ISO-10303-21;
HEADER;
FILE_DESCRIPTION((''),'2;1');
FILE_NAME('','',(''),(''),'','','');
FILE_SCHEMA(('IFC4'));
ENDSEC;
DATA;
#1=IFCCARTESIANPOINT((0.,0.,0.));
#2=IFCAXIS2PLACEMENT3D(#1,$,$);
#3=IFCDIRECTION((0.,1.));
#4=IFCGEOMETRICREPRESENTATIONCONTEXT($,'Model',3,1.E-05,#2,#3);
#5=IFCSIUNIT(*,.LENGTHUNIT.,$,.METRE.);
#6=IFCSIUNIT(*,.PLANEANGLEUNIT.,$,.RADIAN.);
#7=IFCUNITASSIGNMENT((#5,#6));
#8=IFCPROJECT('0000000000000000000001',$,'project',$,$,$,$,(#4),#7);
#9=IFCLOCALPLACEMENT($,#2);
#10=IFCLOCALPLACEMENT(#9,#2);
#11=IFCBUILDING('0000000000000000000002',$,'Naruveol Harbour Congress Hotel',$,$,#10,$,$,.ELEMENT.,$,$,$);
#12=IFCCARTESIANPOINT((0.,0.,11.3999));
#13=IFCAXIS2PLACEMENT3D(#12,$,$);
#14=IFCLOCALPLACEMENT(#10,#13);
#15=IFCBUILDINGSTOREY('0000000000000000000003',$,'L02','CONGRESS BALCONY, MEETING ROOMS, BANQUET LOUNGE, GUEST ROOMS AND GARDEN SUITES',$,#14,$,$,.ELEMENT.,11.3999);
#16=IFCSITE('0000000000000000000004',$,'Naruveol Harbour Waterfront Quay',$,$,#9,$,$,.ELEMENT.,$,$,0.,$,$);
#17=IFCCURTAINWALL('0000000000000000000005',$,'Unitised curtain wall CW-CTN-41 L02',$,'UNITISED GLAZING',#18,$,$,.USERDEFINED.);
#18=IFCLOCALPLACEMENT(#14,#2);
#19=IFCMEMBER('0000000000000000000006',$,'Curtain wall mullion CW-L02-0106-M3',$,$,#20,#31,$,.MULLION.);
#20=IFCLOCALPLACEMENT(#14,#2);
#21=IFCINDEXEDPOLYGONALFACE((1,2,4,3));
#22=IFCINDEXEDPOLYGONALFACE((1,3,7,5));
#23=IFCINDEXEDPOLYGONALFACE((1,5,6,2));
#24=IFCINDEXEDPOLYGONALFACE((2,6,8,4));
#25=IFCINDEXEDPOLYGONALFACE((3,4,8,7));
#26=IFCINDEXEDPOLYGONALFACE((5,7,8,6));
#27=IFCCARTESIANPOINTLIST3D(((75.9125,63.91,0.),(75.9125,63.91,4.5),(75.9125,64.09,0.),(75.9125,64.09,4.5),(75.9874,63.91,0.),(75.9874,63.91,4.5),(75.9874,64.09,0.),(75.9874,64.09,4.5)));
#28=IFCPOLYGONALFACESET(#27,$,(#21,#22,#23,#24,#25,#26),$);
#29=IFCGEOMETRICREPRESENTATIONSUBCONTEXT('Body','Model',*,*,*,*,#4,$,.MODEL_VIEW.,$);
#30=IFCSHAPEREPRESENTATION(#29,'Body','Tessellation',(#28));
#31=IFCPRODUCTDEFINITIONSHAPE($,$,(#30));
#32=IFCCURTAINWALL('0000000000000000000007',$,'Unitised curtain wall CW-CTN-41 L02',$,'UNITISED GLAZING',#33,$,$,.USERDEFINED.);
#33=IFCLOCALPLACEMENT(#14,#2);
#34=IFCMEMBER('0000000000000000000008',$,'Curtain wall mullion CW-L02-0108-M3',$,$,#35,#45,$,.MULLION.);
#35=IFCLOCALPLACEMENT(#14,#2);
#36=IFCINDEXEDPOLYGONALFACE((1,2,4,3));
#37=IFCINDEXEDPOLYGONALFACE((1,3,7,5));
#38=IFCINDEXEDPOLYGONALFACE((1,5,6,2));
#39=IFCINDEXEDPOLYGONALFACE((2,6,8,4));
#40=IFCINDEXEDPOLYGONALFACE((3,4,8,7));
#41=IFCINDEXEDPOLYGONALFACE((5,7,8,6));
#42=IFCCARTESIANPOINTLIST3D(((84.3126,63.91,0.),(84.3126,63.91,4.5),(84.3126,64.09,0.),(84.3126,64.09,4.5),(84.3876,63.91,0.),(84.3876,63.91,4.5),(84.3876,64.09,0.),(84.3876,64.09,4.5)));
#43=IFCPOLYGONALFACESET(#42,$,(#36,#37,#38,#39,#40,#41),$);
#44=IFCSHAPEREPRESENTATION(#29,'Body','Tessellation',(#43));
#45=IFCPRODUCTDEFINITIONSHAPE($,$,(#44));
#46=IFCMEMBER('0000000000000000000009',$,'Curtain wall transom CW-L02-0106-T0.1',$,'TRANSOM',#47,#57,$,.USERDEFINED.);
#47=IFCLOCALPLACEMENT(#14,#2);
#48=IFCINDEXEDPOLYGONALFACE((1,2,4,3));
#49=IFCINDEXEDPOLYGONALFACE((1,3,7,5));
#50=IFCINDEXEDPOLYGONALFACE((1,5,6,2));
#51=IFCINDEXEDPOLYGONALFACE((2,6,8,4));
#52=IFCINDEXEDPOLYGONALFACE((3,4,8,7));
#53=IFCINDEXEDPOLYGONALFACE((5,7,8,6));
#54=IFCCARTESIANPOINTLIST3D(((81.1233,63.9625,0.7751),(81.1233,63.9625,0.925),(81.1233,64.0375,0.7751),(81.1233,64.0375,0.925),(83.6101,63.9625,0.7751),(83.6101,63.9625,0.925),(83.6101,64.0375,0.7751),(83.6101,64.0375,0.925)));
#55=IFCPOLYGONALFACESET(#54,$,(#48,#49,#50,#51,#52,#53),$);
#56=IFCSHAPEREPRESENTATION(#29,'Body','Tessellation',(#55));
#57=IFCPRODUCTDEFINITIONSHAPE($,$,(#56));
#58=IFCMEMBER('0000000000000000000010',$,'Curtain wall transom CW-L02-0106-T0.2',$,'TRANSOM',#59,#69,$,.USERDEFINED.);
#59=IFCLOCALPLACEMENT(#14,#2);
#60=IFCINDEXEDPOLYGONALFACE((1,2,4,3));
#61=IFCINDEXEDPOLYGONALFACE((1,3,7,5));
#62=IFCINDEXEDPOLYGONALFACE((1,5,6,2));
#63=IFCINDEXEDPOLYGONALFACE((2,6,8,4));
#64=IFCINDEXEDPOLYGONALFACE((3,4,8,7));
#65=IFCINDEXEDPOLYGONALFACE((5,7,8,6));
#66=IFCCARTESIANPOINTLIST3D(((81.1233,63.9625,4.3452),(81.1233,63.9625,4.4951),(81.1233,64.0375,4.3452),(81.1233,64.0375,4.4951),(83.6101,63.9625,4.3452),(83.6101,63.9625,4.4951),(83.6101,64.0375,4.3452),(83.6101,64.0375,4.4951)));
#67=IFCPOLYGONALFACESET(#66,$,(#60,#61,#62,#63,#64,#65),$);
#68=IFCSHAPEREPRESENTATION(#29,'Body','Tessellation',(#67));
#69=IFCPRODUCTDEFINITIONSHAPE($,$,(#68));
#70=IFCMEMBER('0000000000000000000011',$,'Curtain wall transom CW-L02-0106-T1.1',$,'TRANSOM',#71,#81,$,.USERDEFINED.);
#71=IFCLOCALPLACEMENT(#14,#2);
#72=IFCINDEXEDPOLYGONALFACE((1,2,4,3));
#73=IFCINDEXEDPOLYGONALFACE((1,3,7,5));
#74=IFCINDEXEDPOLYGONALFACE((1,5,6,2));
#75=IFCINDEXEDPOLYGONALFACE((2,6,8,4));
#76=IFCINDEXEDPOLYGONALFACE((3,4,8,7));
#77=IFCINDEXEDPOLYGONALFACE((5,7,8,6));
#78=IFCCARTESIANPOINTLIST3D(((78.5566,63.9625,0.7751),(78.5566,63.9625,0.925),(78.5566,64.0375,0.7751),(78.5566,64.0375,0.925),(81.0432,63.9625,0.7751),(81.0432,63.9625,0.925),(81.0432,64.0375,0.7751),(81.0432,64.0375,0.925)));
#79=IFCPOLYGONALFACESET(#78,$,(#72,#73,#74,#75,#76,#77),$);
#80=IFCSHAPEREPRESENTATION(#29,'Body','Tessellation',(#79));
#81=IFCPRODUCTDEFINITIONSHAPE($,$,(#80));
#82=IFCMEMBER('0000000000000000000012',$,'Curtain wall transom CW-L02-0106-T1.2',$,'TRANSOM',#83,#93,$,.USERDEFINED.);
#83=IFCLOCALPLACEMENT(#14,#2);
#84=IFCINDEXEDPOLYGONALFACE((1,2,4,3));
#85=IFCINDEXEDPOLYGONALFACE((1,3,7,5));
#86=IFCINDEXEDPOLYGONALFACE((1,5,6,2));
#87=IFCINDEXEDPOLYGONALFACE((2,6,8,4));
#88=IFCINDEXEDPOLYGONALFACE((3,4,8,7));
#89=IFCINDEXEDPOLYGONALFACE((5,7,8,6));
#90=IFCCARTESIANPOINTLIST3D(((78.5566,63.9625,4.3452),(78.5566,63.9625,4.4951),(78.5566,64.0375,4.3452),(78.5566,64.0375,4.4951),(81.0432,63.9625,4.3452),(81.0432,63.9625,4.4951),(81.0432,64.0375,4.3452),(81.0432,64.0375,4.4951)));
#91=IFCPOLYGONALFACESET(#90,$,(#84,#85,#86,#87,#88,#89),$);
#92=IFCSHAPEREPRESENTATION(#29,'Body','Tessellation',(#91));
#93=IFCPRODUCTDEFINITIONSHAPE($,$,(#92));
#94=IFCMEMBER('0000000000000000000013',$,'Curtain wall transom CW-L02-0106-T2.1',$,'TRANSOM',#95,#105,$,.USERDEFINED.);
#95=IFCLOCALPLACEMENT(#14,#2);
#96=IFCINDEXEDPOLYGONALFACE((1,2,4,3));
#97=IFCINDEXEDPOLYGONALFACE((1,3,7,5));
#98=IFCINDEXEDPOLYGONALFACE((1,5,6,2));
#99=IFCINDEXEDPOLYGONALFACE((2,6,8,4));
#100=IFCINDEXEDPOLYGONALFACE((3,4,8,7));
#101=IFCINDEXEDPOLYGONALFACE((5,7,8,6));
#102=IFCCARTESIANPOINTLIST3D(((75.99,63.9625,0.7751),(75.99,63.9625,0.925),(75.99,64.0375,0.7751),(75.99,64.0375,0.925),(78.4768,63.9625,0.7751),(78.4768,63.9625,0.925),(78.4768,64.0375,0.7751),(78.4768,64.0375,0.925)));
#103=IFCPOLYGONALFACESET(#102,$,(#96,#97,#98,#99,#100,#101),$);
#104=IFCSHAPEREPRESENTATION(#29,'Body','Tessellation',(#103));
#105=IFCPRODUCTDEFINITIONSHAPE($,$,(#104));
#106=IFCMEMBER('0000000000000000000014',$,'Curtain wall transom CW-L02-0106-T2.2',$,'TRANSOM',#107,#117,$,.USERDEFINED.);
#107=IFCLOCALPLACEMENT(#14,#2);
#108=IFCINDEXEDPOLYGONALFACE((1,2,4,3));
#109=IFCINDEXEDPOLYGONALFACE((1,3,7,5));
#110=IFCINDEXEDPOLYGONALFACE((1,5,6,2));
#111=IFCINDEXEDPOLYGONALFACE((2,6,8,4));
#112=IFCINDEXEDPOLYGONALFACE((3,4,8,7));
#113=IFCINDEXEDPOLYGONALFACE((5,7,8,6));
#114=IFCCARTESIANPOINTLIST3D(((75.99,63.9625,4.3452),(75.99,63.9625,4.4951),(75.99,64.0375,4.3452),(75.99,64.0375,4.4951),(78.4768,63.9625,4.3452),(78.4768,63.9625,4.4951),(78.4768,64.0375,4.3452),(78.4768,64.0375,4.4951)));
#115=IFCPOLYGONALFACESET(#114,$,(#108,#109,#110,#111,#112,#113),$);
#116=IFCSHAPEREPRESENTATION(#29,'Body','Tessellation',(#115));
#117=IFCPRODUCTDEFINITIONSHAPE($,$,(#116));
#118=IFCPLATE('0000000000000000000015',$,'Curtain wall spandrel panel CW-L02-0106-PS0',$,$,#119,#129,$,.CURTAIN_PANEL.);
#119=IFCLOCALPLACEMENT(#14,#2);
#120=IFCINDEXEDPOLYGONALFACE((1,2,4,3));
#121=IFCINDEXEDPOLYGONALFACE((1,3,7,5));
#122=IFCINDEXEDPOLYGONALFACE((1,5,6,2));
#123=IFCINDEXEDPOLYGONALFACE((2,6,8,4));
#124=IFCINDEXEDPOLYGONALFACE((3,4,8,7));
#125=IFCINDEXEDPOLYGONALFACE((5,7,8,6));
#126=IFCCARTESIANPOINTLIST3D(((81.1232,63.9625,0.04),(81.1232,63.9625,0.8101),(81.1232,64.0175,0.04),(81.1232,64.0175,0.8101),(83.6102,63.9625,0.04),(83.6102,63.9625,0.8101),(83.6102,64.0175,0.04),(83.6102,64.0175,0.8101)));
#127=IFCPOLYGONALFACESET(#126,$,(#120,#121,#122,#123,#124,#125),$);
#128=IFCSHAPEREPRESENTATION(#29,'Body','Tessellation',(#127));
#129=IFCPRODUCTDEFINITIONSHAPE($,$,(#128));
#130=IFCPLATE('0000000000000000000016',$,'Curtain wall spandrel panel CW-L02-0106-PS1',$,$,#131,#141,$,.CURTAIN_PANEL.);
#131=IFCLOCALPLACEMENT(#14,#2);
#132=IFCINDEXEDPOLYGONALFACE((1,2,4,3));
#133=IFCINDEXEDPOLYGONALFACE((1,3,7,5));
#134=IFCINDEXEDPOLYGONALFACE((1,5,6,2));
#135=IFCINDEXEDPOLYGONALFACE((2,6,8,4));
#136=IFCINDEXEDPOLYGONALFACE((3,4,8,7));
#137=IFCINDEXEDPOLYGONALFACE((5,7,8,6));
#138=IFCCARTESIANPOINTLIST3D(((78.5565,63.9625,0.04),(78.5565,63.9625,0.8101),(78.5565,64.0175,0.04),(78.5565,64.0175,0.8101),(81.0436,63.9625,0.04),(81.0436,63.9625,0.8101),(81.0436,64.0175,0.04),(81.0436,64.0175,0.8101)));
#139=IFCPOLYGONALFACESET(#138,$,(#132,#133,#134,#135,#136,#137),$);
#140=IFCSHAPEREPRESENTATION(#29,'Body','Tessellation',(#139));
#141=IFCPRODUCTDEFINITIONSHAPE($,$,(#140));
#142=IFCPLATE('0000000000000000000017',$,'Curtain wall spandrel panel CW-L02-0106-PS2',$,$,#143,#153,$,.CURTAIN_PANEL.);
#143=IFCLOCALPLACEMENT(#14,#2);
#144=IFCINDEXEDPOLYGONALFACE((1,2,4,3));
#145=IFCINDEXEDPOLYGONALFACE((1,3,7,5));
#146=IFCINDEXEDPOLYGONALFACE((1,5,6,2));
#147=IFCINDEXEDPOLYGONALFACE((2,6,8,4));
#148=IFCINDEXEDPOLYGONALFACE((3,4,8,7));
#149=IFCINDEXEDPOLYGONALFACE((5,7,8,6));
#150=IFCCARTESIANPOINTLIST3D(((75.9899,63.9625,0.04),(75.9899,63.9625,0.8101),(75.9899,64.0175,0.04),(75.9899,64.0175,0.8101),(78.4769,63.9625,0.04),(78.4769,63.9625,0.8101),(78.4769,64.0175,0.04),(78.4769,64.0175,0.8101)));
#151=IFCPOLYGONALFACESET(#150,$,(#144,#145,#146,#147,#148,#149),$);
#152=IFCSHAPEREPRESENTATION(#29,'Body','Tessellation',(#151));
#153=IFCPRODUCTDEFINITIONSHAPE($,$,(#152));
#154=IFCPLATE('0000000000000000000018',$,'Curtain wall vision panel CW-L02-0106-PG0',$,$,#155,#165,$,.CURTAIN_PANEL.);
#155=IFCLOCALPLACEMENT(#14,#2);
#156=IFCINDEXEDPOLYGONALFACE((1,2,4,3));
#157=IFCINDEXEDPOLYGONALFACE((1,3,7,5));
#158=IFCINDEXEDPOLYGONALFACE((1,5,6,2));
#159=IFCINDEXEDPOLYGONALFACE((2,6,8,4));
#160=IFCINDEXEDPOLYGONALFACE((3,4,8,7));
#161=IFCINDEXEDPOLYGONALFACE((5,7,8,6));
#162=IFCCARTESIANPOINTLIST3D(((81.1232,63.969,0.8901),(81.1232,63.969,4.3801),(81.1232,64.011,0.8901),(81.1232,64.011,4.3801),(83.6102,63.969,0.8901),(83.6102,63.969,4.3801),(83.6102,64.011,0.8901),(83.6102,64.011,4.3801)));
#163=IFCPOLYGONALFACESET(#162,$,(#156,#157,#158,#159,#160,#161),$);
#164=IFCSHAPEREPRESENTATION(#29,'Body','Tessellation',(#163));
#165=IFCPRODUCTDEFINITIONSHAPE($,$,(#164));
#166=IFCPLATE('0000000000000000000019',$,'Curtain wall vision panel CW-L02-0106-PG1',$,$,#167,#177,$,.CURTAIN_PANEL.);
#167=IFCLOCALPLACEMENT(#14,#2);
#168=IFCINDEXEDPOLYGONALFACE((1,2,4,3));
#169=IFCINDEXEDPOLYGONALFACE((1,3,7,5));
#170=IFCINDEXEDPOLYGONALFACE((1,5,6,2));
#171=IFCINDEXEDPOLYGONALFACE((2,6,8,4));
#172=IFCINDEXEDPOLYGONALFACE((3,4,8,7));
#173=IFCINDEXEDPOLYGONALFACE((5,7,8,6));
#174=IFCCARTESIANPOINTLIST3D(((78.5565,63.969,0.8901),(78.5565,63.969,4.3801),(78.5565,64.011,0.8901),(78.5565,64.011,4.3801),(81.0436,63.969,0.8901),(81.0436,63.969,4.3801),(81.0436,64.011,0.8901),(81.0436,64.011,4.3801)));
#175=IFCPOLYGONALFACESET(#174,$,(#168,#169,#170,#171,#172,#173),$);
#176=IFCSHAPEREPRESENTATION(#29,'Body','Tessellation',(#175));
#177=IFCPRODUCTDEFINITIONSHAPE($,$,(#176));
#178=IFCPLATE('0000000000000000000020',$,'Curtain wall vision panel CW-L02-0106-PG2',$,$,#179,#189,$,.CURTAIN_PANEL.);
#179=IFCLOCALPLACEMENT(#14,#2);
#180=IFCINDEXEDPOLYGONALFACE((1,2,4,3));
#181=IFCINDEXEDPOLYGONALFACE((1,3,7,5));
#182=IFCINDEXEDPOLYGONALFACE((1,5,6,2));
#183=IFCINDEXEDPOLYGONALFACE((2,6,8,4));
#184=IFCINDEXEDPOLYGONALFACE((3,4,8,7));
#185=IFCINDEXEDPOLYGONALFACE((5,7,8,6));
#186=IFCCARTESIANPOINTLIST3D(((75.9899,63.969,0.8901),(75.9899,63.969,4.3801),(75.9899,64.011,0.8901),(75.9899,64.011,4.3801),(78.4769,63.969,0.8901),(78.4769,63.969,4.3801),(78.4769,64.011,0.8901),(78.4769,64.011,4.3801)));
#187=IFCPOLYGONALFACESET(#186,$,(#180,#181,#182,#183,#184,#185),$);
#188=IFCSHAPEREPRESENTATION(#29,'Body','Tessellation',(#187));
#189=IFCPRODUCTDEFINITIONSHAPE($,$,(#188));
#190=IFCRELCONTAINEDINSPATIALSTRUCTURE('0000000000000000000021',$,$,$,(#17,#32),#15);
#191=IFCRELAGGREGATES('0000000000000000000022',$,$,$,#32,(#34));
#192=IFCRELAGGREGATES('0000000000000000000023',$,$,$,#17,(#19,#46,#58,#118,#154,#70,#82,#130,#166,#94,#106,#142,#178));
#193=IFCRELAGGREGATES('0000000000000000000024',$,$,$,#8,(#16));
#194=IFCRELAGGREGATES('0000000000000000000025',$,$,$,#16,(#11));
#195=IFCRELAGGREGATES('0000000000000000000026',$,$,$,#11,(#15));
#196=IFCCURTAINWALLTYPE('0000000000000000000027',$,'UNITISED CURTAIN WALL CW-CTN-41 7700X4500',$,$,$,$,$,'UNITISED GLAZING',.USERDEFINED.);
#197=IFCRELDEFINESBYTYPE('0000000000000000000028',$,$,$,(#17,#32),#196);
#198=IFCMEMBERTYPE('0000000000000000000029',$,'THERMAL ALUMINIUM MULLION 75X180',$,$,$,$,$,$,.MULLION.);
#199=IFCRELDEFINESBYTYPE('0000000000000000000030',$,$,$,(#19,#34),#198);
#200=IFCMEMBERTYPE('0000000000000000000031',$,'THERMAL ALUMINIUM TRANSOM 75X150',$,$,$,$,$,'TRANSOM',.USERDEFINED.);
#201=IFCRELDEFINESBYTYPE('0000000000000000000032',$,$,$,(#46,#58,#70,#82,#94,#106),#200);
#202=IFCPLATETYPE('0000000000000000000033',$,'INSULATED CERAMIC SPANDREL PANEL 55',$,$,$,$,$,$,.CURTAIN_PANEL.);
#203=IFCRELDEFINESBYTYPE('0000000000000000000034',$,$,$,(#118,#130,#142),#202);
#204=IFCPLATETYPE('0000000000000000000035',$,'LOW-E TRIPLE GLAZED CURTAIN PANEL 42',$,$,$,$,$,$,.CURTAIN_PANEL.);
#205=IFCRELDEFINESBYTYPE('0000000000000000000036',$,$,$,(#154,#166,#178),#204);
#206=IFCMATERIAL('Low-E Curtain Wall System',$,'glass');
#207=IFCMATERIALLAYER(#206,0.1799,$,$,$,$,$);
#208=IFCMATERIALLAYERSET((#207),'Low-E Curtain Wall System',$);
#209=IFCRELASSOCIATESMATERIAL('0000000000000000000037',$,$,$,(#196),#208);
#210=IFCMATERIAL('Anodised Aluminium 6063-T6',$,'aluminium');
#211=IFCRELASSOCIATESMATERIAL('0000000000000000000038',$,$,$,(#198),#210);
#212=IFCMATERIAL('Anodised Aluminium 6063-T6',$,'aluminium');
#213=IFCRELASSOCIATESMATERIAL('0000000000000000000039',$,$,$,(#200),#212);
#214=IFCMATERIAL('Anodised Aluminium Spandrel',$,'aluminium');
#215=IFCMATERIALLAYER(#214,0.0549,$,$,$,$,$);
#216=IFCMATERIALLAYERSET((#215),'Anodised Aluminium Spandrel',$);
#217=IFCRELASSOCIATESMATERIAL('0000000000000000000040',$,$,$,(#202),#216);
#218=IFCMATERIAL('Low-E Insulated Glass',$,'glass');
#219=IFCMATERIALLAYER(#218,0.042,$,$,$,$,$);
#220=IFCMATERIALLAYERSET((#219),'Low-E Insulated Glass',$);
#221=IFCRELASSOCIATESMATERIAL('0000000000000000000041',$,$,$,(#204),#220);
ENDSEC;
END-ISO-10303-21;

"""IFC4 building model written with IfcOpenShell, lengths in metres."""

from ifc_helpers import new_model, si_unit, direction, frame, origin, origin_2d, place, context, subcontext, project, spatial, rectangle, extrude, material, layer, layer_set, material_profile, profile_set, type_object, element, aggregate, save


model = new_model("IFC4")

# Units and contexts
model_context = context("Model", 3, precision=1e-05, world=origin(), true_north=direction((0.0, 1.0)))
body_context = subcontext(model_context, "Body", "Model", "MODEL_VIEW")
ifc_project = project(units=[si_unit("LENGTHUNIT", "METRE"), si_unit("PLANEANGLEUNIT", "RADIAN")], contexts=[model_context])

# Site, building, storey
site_placement = place(None, origin())
site = spatial("IfcSite", under=ifc_project, at=site_placement, Name="Naruveol Harbour Waterfront Quay", CompositionType="ELEMENT", RefElevation=0.0)
building_placement = place(site_placement, origin())
building = spatial("IfcBuilding", under=site, at=building_placement, Name="Naruveol Harbour Congress Hotel", CompositionType="ELEMENT")
storey_placement = place(building_placement, frame((0.0, 0.0, 11.3999)))
storey = spatial("IfcBuildingStorey", under=building, at=storey_placement, Name="L02", Description="CONGRESS BALCONY, MEETING ROOMS, BANQUET LOUNGE, GUEST ROOMS AND GARDEN SUITES", CompositionType="ELEMENT", Elevation=11.3999)

# Curtain wall, member
ifc_material_1 = material(Name="Low-E Curtain Wall System", Category="glass")
ifc_layer_1 = layer(ifc_material_1, 0.1799)
ifc_layer_set_1 = layer_set([ifc_layer_1], Name="Low-E Curtain Wall System")
curtain_wall_type = type_object("IfcCurtainWallType", Name="UNITISED CURTAIN WALL CW-CTN-41 7700X4500", ElementType="UNITISED GLAZING", PredefinedType="USERDEFINED", material=ifc_layer_set_1)
curtain_wall_1_placement = place(storey_placement, origin())
curtain_wall_1 = element("IfcCurtainWall", 1, at=curtain_wall_1_placement, inside=storey, type_object=curtain_wall_type, Name="Unitised curtain wall CW-CTN-41 L02", ObjectType="UNITISED GLAZING", PredefinedType="USERDEFINED")
ifc_material_2 = material(Name="Anodised Aluminium 6063-T6", Category="aluminium")
ifc_material_profile_1 = material_profile(ifc_material_2, rectangle(XDim=0.075, YDim=0.1799, at=origin_2d()), Name="ALU-75x180")
ifc_profile_set_1 = profile_set([ifc_material_profile_1], Name="Anodised Aluminium 6063-T6")
member_type_1 = type_object("IfcMemberType", Name="THERMAL ALUMINIUM MULLION 75X180", PredefinedType="MULLION", material=ifc_profile_set_1)
member_1_placement = place(storey_placement, frame((75.95, 64.0, 0.0), z_axis=(0.0, 0.0, 1.0), x_axis=(1.0, 0.0, 0.0)))
member_1 = element("IfcMember", 2, at=member_1_placement, type_object=member_type_1, Name="Curtain wall mullion CW-L02-0106-M3", PredefinedType="MULLION", context=body_context, shape_type="SweptSolid", body=[
    extrude(rectangle(XDim=0.075, YDim=0.1799, at=origin_2d()), origin(), (0.0, 0.0, 1.0), 4.5),
])

# Curtain wall, member
curtain_wall_2_placement = place(storey_placement, origin())
curtain_wall_2 = element("IfcCurtainWall", 3, at=curtain_wall_2_placement, inside=storey, type_object=curtain_wall_type, Name="Unitised curtain wall CW-CTN-41 L02", ObjectType="UNITISED GLAZING", PredefinedType="USERDEFINED")
member_2_placement = place(storey_placement, frame((84.3501, 64.0, 0.0), z_axis=(0.0, 0.0, 1.0), x_axis=(1.0, 0.0, 0.0)))
member_2 = element("IfcMember", 4, at=member_2_placement, type_object=member_type_1, Name="Curtain wall mullion CW-L02-0108-M3", PredefinedType="MULLION", context=body_context, shape_type="SweptSolid", body=[
    extrude(rectangle(XDim=0.075, YDim=0.1799, at=origin_2d()), origin(), (0.0, 0.0, 1.0), 4.5),
])
aggregate(curtain_wall_2, [member_2])

# Members
ifc_material_3 = material(Name="Anodised Aluminium 6063-T6", Category="aluminium")
ifc_material_profile_2 = material_profile(ifc_material_3, rectangle(XDim=0.075, YDim=0.1499, at=origin_2d()), Name="ALU-75x150")
ifc_profile_set_2 = profile_set([ifc_material_profile_2], Name="Anodised Aluminium 6063-T6")
member_type_2 = type_object("IfcMemberType", Name="THERMAL ALUMINIUM TRANSOM 75X150", ElementType="TRANSOM", PredefinedType="USERDEFINED", material=ifc_profile_set_2)
member_3_placement = place(storey_placement, frame((83.6101, 64.0, 0.8501), z_axis=(-1.0, 0.0, 0.0), x_axis=(0.0, -1.0, 0.0)))
member_3 = element("IfcMember", 5, at=member_3_placement, type_object=member_type_2, Name="Curtain wall transom CW-L02-0106-T0.1", ObjectType="TRANSOM", PredefinedType="USERDEFINED", context=body_context, shape_type="SweptSolid", body=[
    extrude(rectangle(XDim=0.075, YDim=0.1499, at=origin_2d()), origin(), (0.0, 0.0, 1.0), 2.4868),
])
member_4_placement = place(storey_placement, frame((83.6101, 64.0, 4.4202), z_axis=(-1.0, 0.0, 0.0), x_axis=(0.0, -1.0, 0.0)))
member_4 = element("IfcMember", 6, at=member_4_placement, type_object=member_type_2, Name="Curtain wall transom CW-L02-0106-T0.2", ObjectType="TRANSOM", PredefinedType="USERDEFINED", context=body_context, shape_type="SweptSolid", body=[
    extrude(rectangle(XDim=0.075, YDim=0.1499, at=origin_2d()), origin(), (0.0, 0.0, 1.0), 2.4868),
])
member_5_placement = place(storey_placement, frame((81.0432, 64.0, 0.8501), z_axis=(-1.0, 0.0, 0.0), x_axis=(0.0, -1.0, 0.0)))
member_5 = element("IfcMember", 7, at=member_5_placement, type_object=member_type_2, Name="Curtain wall transom CW-L02-0106-T1.1", ObjectType="TRANSOM", PredefinedType="USERDEFINED", context=body_context, shape_type="SweptSolid", body=[
    extrude(rectangle(XDim=0.075, YDim=0.1499, at=origin_2d()), origin(), (0.0, 0.0, 1.0), 2.4866),
])
member_6_placement = place(storey_placement, frame((81.0432, 64.0, 4.4202), z_axis=(-1.0, 0.0, 0.0), x_axis=(0.0, -1.0, 0.0)))
member_6 = element("IfcMember", 8, at=member_6_placement, type_object=member_type_2, Name="Curtain wall transom CW-L02-0106-T1.2", ObjectType="TRANSOM", PredefinedType="USERDEFINED", context=body_context, shape_type="SweptSolid", body=[
    extrude(rectangle(XDim=0.075, YDim=0.1499, at=origin_2d()), origin(), (0.0, 0.0, 1.0), 2.4866),
])
member_7_placement = place(storey_placement, frame((78.4768, 64.0, 0.8501), z_axis=(-1.0, 0.0, 0.0), x_axis=(0.0, -1.0, 0.0)))
member_7 = element("IfcMember", 9, at=member_7_placement, type_object=member_type_2, Name="Curtain wall transom CW-L02-0106-T2.1", ObjectType="TRANSOM", PredefinedType="USERDEFINED", context=body_context, shape_type="SweptSolid", body=[
    extrude(rectangle(XDim=0.075, YDim=0.1499, at=origin_2d()), origin(), (0.0, 0.0, 1.0), 2.4868),
])
member_8_placement = place(storey_placement, frame((78.4768, 64.0, 4.4202), z_axis=(-1.0, 0.0, 0.0), x_axis=(0.0, -1.0, 0.0)))
member_8 = element("IfcMember", 10, at=member_8_placement, type_object=member_type_2, Name="Curtain wall transom CW-L02-0106-T2.2", ObjectType="TRANSOM", PredefinedType="USERDEFINED", context=body_context, shape_type="SweptSolid", body=[
    extrude(rectangle(XDim=0.075, YDim=0.1499, at=origin_2d()), origin(), (0.0, 0.0, 1.0), 2.4868),
])

# Plates
ifc_material_4 = material(Name="Anodised Aluminium Spandrel", Category="aluminium")
ifc_layer_2 = layer(ifc_material_4, 0.0549)
ifc_layer_set_2 = layer_set([ifc_layer_2], Name="Anodised Aluminium Spandrel")
plate_type_1 = type_object("IfcPlateType", Name="INSULATED CERAMIC SPANDREL PANEL 55", PredefinedType="CURTAIN_PANEL", material=ifc_layer_set_2)
plate_1_placement = place(storey_placement, frame((82.3667, 63.99, 0.04), z_axis=(0.0, 0.0, 1.0), x_axis=(-1.0, 0.0, 0.0)))
plate_1 = element("IfcPlate", 11, at=plate_1_placement, type_object=plate_type_1, Name="Curtain wall spandrel panel CW-L02-0106-PS0", PredefinedType="CURTAIN_PANEL", context=body_context, shape_type="SweptSolid", body=[
    extrude(rectangle(XDim=2.4871, YDim=0.0549, at=origin_2d()), origin(), (0.0, 0.0, 1.0), 0.77),
])
plate_2_placement = place(storey_placement, frame((79.8, 63.99, 0.04), z_axis=(0.0, 0.0, 1.0), x_axis=(-1.0, 0.0, 0.0)))
plate_2 = element("IfcPlate", 12, at=plate_2_placement, type_object=plate_type_1, Name="Curtain wall spandrel panel CW-L02-0106-PS1", PredefinedType="CURTAIN_PANEL", context=body_context, shape_type="SweptSolid", body=[
    extrude(rectangle(XDim=2.4871, YDim=0.0549, at=origin_2d()), origin(), (0.0, 0.0, 1.0), 0.77),
])
plate_3_placement = place(storey_placement, frame((77.2334, 63.99, 0.04), z_axis=(0.0, 0.0, 1.0), x_axis=(-1.0, 0.0, 0.0)))
plate_3 = element("IfcPlate", 13, at=plate_3_placement, type_object=plate_type_1, Name="Curtain wall spandrel panel CW-L02-0106-PS2", PredefinedType="CURTAIN_PANEL", context=body_context, shape_type="SweptSolid", body=[
    extrude(rectangle(XDim=2.4871, YDim=0.0549, at=origin_2d()), origin(), (0.0, 0.0, 1.0), 0.77),
])
ifc_material_5 = material(Name="Low-E Insulated Glass", Category="glass")
ifc_layer_3 = layer(ifc_material_5, 0.042)
ifc_layer_set_3 = layer_set([ifc_layer_3], Name="Low-E Insulated Glass")
plate_type_2 = type_object("IfcPlateType", Name="LOW-E TRIPLE GLAZED CURTAIN PANEL 42", PredefinedType="CURTAIN_PANEL", material=ifc_layer_set_3)
plate_4_placement = place(storey_placement, frame((82.3667, 63.99, 0.8901), z_axis=(0.0, 0.0, 1.0), x_axis=(-1.0, 0.0, 0.0)))
plate_4 = element("IfcPlate", 14, at=plate_4_placement, type_object=plate_type_2, Name="Curtain wall vision panel CW-L02-0106-PG0", PredefinedType="CURTAIN_PANEL", context=body_context, shape_type="SweptSolid", body=[
    extrude(rectangle(XDim=2.4871, YDim=0.042, at=origin_2d()), origin(), (0.0, 0.0, 1.0), 3.49),
])
plate_5_placement = place(storey_placement, frame((79.8, 63.99, 0.8901), z_axis=(0.0, 0.0, 1.0), x_axis=(-1.0, 0.0, 0.0)))
plate_5 = element("IfcPlate", 15, at=plate_5_placement, type_object=plate_type_2, Name="Curtain wall vision panel CW-L02-0106-PG1", PredefinedType="CURTAIN_PANEL", context=body_context, shape_type="SweptSolid", body=[
    extrude(rectangle(XDim=2.4871, YDim=0.042, at=origin_2d()), origin(), (0.0, 0.0, 1.0), 3.49),
])
plate_6_placement = place(storey_placement, frame((77.2334, 63.99, 0.8901), z_axis=(0.0, 0.0, 1.0), x_axis=(-1.0, 0.0, 0.0)))
plate_6 = element("IfcPlate", 16, at=plate_6_placement, type_object=plate_type_2, Name="Curtain wall vision panel CW-L02-0106-PG2", PredefinedType="CURTAIN_PANEL", context=body_context, shape_type="SweptSolid", body=[
    extrude(rectangle(XDim=2.4871, YDim=0.042, at=origin_2d()), origin(), (0.0, 0.0, 1.0), 3.49),
])
aggregate(curtain_wall_1, [member_1, member_3, member_4, plate_1, plate_4, member_5, member_6, plate_2, plate_5, member_7, member_8, plate_3, plate_6])

save(model, "model.ifc")
